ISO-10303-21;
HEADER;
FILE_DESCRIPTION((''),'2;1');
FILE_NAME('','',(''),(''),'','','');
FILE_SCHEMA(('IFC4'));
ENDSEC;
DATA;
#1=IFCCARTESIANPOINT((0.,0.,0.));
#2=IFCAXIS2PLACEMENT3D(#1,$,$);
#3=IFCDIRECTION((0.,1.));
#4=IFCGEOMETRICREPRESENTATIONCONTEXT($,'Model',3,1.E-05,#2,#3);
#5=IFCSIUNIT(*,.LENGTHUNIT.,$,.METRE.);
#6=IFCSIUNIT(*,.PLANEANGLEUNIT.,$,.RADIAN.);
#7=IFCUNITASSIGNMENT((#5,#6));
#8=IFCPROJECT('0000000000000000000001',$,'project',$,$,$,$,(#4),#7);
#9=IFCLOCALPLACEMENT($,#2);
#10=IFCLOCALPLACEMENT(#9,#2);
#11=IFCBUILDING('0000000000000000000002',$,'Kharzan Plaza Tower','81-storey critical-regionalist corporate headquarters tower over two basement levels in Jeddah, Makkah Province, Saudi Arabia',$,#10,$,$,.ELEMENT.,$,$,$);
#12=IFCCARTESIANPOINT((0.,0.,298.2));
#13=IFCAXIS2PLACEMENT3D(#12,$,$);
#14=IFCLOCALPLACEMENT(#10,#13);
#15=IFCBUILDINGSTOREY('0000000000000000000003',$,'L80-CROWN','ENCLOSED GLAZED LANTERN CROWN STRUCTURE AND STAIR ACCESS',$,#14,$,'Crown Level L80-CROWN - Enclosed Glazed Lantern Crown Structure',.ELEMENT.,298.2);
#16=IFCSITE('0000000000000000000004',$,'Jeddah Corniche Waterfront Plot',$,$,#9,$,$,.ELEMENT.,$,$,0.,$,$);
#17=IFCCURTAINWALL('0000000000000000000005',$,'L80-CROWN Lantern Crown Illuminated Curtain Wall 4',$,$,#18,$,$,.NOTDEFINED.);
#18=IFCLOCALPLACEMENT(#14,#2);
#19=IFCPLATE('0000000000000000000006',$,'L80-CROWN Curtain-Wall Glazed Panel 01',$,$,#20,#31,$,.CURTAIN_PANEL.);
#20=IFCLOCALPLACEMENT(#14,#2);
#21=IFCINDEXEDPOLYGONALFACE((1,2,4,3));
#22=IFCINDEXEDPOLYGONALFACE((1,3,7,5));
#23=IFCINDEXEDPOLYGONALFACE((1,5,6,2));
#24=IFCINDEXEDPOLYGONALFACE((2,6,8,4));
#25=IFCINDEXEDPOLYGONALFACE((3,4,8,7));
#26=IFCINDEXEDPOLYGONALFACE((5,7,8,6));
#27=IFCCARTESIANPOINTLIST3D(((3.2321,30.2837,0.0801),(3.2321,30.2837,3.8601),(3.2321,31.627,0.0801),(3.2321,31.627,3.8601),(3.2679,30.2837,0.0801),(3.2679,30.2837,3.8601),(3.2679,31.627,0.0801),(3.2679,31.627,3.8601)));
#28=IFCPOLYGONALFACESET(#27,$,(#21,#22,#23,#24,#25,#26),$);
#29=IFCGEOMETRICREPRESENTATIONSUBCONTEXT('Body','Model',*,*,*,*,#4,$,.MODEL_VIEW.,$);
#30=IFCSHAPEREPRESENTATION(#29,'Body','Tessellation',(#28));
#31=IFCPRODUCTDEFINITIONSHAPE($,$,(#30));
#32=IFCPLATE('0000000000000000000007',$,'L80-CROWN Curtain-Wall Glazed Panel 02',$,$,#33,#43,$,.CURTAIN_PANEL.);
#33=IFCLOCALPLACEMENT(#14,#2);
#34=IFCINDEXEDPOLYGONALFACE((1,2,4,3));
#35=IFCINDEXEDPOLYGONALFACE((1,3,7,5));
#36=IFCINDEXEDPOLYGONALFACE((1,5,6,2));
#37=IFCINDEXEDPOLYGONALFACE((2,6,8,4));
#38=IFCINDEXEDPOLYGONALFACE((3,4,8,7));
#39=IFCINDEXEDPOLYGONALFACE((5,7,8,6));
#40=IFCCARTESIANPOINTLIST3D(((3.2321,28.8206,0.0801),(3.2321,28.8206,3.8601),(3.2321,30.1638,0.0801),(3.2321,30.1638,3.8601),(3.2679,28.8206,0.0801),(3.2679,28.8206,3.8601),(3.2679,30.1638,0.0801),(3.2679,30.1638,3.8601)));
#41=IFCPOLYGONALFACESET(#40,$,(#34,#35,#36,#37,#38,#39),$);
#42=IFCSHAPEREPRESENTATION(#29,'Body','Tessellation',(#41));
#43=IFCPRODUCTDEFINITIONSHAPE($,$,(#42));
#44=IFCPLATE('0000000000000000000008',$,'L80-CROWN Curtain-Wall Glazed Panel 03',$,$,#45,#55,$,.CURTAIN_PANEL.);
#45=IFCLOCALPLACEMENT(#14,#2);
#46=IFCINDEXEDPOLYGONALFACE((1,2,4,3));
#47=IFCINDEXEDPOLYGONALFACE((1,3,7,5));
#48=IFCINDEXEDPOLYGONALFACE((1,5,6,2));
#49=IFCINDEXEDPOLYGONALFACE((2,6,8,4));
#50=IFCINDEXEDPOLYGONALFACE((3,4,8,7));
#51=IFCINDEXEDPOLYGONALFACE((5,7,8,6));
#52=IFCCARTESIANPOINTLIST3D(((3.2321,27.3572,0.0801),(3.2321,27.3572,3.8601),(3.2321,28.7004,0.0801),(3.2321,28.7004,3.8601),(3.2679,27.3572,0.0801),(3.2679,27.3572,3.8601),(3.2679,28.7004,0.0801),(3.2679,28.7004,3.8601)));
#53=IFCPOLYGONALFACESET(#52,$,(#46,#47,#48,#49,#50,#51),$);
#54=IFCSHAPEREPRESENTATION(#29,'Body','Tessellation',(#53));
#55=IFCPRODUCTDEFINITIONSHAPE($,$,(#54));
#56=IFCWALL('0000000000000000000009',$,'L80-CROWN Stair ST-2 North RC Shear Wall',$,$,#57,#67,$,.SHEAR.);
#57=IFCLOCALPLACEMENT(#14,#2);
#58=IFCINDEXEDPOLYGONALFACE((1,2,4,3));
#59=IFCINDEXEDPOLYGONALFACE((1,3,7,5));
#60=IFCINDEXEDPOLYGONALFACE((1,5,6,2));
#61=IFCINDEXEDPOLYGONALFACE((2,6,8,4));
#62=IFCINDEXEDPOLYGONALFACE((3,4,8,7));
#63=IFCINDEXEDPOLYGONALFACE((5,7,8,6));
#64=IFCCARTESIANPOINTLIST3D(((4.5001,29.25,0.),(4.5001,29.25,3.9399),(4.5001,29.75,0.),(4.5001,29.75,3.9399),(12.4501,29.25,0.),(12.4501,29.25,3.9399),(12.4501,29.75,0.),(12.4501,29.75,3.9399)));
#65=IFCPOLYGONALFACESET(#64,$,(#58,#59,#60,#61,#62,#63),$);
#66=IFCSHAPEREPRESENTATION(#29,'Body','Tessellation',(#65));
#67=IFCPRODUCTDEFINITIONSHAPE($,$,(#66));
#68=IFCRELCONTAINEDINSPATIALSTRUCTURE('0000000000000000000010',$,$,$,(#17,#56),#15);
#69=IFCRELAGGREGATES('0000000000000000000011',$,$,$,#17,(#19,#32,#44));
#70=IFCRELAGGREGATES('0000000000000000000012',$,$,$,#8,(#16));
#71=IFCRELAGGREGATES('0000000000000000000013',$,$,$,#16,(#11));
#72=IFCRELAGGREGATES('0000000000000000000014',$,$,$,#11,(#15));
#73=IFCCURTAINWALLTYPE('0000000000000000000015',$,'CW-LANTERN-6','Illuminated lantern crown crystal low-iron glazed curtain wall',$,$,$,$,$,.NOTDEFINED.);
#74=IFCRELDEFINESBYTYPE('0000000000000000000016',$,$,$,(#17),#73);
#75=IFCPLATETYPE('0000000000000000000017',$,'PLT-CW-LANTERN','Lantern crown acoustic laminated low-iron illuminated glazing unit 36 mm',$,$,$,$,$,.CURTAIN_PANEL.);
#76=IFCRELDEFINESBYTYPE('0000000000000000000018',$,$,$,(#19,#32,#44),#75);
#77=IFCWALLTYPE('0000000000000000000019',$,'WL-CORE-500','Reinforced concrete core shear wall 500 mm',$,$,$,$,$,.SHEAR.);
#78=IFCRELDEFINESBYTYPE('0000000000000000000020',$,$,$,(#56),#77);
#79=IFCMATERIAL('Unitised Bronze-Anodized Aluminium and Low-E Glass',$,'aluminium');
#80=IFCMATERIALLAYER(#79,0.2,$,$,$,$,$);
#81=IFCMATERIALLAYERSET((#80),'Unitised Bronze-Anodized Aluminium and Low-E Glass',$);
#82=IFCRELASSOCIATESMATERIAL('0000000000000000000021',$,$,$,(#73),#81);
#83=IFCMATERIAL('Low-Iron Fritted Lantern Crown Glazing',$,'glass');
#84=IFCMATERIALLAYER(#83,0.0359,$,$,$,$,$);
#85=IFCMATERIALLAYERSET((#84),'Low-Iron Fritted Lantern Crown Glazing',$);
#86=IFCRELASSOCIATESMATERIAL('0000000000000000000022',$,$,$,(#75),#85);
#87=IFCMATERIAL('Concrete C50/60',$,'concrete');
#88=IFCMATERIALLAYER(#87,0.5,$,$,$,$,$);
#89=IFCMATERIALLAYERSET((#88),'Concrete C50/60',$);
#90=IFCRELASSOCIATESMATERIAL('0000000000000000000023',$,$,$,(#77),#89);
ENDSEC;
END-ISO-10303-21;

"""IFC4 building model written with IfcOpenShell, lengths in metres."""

from ifc_helpers import new_model, si_unit, direction, frame, frame_2d, origin, origin_2d, place, context, subcontext, project, spatial, rectangle, extrude, source, transform, mapped, material, layer, layer_set, type_object, element, aggregate, save


model = new_model("IFC4")

# Units and contexts
model_context = context("Model", 3, precision=1e-05, world=origin(), true_north=direction((0.0, 1.0)))
body_context = subcontext(model_context, "Body", "Model", "MODEL_VIEW")
ifc_project = project(units=[si_unit("LENGTHUNIT", "METRE"), si_unit("PLANEANGLEUNIT", "RADIAN")], contexts=[model_context])

# Site, building, storey
site_placement = place(None, origin())
site = spatial("IfcSite", under=ifc_project, at=site_placement, Name="Jeddah Corniche Waterfront Plot", CompositionType="ELEMENT", RefElevation=0.0)
building_placement = place(site_placement, origin())
building = spatial("IfcBuilding", under=site, at=building_placement, Name="Kharzan Plaza Tower", Description="81-storey critical-regionalist corporate headquarters tower over two basement levels in Jeddah, Makkah Province, Saudi Arabia", CompositionType="ELEMENT")
storey_placement = place(building_placement, frame((0.0, 0.0, 298.2)))
storey = spatial("IfcBuildingStorey", under=building, at=storey_placement, Name="L80-CROWN", Description="ENCLOSED GLAZED LANTERN CROWN STRUCTURE AND STAIR ACCESS", LongName="Crown Level L80-CROWN - Enclosed Glazed Lantern Crown Structure", CompositionType="ELEMENT", Elevation=298.2)

# Curtain wall
ifc_material_1 = material(Name="Unitised Bronze-Anodized Aluminium and Low-E Glass", Category="aluminium")
ifc_layer_1 = layer(ifc_material_1, 0.2)
ifc_layer_set_1 = layer_set([ifc_layer_1], Name="Unitised Bronze-Anodized Aluminium and Low-E Glass")
curtain_wall_type = type_object("IfcCurtainWallType", Name="CW-LANTERN-6", Description="Illuminated lantern crown crystal low-iron glazed curtain wall", PredefinedType="NOTDEFINED", material=ifc_layer_set_1)
curtain_wall_1_placement = place(storey_placement, origin())
curtain_wall_1 = element("IfcCurtainWall", 1, at=curtain_wall_1_placement, inside=storey, type_object=curtain_wall_type, Name="L80-CROWN Lantern Crown Illuminated Curtain Wall 4", PredefinedType="NOTDEFINED")

# Plates
ifc_material_2 = material(Name="Low-Iron Fritted Lantern Crown Glazing", Category="glass")
ifc_layer_2 = layer(ifc_material_2, 0.0359)
ifc_layer_set_2 = layer_set([ifc_layer_2], Name="Low-Iron Fritted Lantern Crown Glazing")
plate_type = type_object("IfcPlateType", Name="PLT-CW-LANTERN", Description="Lantern crown acoustic laminated low-iron illuminated glazing unit 36 mm", PredefinedType="CURTAIN_PANEL", material=ifc_layer_set_2)
shared_shape_1 = source(origin(), body_context, "Body", "SweptSolid", [
    extrude(rectangle(XDim=1.3433, YDim=0.0359, at=origin_2d()), origin(), (0.0, 0.0, 1.0), 3.78),
])
plate_1_placement = place(storey_placement, frame((3.25, 30.9553, 0.0801), z_axis=(0.0, 0.0, 1.0), x_axis=(0.0, -1.0, 0.0)))
plate_1 = element("IfcPlate", 2, at=plate_1_placement, type_object=plate_type, Name="L80-CROWN Curtain-Wall Glazed Panel 01", PredefinedType="CURTAIN_PANEL", context=body_context, shape_type="MappedRepresentation", body=[
    mapped(shared_shape_1, transform((0.0, 0.0, 0.0), x_axis=(1.0, 0.0, 0.0), y_axis=(0.0, 1.0, 0.0), z_axis=(0.0, 0.0, 1.0))),
])
plate_2_placement = place(storey_placement, frame((3.25, 29.4922, 0.0801), z_axis=(0.0, 0.0, 1.0), x_axis=(0.0, -1.0, 0.0)))
plate_2 = element("IfcPlate", 3, at=plate_2_placement, type_object=plate_type, Name="L80-CROWN Curtain-Wall Glazed Panel 02", PredefinedType="CURTAIN_PANEL", context=body_context, shape_type="MappedRepresentation", body=[
    mapped(shared_shape_1, transform((0.0, 0.0, 0.0), x_axis=(1.0, 0.0, 0.0), y_axis=(0.0, 1.0, 0.0), z_axis=(0.0, 0.0, 1.0))),
])
plate_3_placement = place(storey_placement, frame((3.25, 28.0288, 0.0801), z_axis=(0.0, 0.0, 1.0), x_axis=(0.0, -1.0, 0.0)))
plate_3 = element("IfcPlate", 4, at=plate_3_placement, type_object=plate_type, Name="L80-CROWN Curtain-Wall Glazed Panel 03", PredefinedType="CURTAIN_PANEL", context=body_context, shape_type="MappedRepresentation", body=[
    mapped(shared_shape_1, transform((0.0, 0.0, 0.0), x_axis=(1.0, 0.0, 0.0), y_axis=(0.0, 1.0, 0.0), z_axis=(0.0, 0.0, 1.0))),
])
aggregate(curtain_wall_1, [plate_1, plate_2, plate_3])

# Wall
ifc_material_3 = material(Name="Concrete C50/60", Category="concrete")
ifc_layer_3 = layer(ifc_material_3, 0.5)
ifc_layer_set_3 = layer_set([ifc_layer_3], Name="Concrete C50/60")
wall_type = type_object("IfcWallType", Name="WL-CORE-500", Description="Reinforced concrete core shear wall 500 mm", PredefinedType="SHEAR", material=ifc_layer_set_3)
shared_shape_2 = source(origin(), body_context, "Body", "SweptSolid", [
    extrude(rectangle(XDim=7.95, YDim=0.5, at=frame_2d((3.9751, 0.0))), origin(), (0.0, 0.0, 1.0), 3.9399),
])
wall_placement = place(storey_placement, frame((4.5, 29.5, 0.0), z_axis=(0.0, 0.0, 1.0), x_axis=(1.0, 0.0, 0.0)))
element("IfcWall", 5, at=wall_placement, inside=storey, type_object=wall_type, Name="L80-CROWN Stair ST-2 North RC Shear Wall", PredefinedType="SHEAR", context=body_context, shape_type="MappedRepresentation", body=[
    mapped(shared_shape_2, transform((0.0, 0.0, 0.0), x_axis=(1.0, 0.0, 0.0), y_axis=(0.0, 1.0, 0.0), z_axis=(0.0, 0.0, 1.0))),
])

save(model, "model.ifc")
